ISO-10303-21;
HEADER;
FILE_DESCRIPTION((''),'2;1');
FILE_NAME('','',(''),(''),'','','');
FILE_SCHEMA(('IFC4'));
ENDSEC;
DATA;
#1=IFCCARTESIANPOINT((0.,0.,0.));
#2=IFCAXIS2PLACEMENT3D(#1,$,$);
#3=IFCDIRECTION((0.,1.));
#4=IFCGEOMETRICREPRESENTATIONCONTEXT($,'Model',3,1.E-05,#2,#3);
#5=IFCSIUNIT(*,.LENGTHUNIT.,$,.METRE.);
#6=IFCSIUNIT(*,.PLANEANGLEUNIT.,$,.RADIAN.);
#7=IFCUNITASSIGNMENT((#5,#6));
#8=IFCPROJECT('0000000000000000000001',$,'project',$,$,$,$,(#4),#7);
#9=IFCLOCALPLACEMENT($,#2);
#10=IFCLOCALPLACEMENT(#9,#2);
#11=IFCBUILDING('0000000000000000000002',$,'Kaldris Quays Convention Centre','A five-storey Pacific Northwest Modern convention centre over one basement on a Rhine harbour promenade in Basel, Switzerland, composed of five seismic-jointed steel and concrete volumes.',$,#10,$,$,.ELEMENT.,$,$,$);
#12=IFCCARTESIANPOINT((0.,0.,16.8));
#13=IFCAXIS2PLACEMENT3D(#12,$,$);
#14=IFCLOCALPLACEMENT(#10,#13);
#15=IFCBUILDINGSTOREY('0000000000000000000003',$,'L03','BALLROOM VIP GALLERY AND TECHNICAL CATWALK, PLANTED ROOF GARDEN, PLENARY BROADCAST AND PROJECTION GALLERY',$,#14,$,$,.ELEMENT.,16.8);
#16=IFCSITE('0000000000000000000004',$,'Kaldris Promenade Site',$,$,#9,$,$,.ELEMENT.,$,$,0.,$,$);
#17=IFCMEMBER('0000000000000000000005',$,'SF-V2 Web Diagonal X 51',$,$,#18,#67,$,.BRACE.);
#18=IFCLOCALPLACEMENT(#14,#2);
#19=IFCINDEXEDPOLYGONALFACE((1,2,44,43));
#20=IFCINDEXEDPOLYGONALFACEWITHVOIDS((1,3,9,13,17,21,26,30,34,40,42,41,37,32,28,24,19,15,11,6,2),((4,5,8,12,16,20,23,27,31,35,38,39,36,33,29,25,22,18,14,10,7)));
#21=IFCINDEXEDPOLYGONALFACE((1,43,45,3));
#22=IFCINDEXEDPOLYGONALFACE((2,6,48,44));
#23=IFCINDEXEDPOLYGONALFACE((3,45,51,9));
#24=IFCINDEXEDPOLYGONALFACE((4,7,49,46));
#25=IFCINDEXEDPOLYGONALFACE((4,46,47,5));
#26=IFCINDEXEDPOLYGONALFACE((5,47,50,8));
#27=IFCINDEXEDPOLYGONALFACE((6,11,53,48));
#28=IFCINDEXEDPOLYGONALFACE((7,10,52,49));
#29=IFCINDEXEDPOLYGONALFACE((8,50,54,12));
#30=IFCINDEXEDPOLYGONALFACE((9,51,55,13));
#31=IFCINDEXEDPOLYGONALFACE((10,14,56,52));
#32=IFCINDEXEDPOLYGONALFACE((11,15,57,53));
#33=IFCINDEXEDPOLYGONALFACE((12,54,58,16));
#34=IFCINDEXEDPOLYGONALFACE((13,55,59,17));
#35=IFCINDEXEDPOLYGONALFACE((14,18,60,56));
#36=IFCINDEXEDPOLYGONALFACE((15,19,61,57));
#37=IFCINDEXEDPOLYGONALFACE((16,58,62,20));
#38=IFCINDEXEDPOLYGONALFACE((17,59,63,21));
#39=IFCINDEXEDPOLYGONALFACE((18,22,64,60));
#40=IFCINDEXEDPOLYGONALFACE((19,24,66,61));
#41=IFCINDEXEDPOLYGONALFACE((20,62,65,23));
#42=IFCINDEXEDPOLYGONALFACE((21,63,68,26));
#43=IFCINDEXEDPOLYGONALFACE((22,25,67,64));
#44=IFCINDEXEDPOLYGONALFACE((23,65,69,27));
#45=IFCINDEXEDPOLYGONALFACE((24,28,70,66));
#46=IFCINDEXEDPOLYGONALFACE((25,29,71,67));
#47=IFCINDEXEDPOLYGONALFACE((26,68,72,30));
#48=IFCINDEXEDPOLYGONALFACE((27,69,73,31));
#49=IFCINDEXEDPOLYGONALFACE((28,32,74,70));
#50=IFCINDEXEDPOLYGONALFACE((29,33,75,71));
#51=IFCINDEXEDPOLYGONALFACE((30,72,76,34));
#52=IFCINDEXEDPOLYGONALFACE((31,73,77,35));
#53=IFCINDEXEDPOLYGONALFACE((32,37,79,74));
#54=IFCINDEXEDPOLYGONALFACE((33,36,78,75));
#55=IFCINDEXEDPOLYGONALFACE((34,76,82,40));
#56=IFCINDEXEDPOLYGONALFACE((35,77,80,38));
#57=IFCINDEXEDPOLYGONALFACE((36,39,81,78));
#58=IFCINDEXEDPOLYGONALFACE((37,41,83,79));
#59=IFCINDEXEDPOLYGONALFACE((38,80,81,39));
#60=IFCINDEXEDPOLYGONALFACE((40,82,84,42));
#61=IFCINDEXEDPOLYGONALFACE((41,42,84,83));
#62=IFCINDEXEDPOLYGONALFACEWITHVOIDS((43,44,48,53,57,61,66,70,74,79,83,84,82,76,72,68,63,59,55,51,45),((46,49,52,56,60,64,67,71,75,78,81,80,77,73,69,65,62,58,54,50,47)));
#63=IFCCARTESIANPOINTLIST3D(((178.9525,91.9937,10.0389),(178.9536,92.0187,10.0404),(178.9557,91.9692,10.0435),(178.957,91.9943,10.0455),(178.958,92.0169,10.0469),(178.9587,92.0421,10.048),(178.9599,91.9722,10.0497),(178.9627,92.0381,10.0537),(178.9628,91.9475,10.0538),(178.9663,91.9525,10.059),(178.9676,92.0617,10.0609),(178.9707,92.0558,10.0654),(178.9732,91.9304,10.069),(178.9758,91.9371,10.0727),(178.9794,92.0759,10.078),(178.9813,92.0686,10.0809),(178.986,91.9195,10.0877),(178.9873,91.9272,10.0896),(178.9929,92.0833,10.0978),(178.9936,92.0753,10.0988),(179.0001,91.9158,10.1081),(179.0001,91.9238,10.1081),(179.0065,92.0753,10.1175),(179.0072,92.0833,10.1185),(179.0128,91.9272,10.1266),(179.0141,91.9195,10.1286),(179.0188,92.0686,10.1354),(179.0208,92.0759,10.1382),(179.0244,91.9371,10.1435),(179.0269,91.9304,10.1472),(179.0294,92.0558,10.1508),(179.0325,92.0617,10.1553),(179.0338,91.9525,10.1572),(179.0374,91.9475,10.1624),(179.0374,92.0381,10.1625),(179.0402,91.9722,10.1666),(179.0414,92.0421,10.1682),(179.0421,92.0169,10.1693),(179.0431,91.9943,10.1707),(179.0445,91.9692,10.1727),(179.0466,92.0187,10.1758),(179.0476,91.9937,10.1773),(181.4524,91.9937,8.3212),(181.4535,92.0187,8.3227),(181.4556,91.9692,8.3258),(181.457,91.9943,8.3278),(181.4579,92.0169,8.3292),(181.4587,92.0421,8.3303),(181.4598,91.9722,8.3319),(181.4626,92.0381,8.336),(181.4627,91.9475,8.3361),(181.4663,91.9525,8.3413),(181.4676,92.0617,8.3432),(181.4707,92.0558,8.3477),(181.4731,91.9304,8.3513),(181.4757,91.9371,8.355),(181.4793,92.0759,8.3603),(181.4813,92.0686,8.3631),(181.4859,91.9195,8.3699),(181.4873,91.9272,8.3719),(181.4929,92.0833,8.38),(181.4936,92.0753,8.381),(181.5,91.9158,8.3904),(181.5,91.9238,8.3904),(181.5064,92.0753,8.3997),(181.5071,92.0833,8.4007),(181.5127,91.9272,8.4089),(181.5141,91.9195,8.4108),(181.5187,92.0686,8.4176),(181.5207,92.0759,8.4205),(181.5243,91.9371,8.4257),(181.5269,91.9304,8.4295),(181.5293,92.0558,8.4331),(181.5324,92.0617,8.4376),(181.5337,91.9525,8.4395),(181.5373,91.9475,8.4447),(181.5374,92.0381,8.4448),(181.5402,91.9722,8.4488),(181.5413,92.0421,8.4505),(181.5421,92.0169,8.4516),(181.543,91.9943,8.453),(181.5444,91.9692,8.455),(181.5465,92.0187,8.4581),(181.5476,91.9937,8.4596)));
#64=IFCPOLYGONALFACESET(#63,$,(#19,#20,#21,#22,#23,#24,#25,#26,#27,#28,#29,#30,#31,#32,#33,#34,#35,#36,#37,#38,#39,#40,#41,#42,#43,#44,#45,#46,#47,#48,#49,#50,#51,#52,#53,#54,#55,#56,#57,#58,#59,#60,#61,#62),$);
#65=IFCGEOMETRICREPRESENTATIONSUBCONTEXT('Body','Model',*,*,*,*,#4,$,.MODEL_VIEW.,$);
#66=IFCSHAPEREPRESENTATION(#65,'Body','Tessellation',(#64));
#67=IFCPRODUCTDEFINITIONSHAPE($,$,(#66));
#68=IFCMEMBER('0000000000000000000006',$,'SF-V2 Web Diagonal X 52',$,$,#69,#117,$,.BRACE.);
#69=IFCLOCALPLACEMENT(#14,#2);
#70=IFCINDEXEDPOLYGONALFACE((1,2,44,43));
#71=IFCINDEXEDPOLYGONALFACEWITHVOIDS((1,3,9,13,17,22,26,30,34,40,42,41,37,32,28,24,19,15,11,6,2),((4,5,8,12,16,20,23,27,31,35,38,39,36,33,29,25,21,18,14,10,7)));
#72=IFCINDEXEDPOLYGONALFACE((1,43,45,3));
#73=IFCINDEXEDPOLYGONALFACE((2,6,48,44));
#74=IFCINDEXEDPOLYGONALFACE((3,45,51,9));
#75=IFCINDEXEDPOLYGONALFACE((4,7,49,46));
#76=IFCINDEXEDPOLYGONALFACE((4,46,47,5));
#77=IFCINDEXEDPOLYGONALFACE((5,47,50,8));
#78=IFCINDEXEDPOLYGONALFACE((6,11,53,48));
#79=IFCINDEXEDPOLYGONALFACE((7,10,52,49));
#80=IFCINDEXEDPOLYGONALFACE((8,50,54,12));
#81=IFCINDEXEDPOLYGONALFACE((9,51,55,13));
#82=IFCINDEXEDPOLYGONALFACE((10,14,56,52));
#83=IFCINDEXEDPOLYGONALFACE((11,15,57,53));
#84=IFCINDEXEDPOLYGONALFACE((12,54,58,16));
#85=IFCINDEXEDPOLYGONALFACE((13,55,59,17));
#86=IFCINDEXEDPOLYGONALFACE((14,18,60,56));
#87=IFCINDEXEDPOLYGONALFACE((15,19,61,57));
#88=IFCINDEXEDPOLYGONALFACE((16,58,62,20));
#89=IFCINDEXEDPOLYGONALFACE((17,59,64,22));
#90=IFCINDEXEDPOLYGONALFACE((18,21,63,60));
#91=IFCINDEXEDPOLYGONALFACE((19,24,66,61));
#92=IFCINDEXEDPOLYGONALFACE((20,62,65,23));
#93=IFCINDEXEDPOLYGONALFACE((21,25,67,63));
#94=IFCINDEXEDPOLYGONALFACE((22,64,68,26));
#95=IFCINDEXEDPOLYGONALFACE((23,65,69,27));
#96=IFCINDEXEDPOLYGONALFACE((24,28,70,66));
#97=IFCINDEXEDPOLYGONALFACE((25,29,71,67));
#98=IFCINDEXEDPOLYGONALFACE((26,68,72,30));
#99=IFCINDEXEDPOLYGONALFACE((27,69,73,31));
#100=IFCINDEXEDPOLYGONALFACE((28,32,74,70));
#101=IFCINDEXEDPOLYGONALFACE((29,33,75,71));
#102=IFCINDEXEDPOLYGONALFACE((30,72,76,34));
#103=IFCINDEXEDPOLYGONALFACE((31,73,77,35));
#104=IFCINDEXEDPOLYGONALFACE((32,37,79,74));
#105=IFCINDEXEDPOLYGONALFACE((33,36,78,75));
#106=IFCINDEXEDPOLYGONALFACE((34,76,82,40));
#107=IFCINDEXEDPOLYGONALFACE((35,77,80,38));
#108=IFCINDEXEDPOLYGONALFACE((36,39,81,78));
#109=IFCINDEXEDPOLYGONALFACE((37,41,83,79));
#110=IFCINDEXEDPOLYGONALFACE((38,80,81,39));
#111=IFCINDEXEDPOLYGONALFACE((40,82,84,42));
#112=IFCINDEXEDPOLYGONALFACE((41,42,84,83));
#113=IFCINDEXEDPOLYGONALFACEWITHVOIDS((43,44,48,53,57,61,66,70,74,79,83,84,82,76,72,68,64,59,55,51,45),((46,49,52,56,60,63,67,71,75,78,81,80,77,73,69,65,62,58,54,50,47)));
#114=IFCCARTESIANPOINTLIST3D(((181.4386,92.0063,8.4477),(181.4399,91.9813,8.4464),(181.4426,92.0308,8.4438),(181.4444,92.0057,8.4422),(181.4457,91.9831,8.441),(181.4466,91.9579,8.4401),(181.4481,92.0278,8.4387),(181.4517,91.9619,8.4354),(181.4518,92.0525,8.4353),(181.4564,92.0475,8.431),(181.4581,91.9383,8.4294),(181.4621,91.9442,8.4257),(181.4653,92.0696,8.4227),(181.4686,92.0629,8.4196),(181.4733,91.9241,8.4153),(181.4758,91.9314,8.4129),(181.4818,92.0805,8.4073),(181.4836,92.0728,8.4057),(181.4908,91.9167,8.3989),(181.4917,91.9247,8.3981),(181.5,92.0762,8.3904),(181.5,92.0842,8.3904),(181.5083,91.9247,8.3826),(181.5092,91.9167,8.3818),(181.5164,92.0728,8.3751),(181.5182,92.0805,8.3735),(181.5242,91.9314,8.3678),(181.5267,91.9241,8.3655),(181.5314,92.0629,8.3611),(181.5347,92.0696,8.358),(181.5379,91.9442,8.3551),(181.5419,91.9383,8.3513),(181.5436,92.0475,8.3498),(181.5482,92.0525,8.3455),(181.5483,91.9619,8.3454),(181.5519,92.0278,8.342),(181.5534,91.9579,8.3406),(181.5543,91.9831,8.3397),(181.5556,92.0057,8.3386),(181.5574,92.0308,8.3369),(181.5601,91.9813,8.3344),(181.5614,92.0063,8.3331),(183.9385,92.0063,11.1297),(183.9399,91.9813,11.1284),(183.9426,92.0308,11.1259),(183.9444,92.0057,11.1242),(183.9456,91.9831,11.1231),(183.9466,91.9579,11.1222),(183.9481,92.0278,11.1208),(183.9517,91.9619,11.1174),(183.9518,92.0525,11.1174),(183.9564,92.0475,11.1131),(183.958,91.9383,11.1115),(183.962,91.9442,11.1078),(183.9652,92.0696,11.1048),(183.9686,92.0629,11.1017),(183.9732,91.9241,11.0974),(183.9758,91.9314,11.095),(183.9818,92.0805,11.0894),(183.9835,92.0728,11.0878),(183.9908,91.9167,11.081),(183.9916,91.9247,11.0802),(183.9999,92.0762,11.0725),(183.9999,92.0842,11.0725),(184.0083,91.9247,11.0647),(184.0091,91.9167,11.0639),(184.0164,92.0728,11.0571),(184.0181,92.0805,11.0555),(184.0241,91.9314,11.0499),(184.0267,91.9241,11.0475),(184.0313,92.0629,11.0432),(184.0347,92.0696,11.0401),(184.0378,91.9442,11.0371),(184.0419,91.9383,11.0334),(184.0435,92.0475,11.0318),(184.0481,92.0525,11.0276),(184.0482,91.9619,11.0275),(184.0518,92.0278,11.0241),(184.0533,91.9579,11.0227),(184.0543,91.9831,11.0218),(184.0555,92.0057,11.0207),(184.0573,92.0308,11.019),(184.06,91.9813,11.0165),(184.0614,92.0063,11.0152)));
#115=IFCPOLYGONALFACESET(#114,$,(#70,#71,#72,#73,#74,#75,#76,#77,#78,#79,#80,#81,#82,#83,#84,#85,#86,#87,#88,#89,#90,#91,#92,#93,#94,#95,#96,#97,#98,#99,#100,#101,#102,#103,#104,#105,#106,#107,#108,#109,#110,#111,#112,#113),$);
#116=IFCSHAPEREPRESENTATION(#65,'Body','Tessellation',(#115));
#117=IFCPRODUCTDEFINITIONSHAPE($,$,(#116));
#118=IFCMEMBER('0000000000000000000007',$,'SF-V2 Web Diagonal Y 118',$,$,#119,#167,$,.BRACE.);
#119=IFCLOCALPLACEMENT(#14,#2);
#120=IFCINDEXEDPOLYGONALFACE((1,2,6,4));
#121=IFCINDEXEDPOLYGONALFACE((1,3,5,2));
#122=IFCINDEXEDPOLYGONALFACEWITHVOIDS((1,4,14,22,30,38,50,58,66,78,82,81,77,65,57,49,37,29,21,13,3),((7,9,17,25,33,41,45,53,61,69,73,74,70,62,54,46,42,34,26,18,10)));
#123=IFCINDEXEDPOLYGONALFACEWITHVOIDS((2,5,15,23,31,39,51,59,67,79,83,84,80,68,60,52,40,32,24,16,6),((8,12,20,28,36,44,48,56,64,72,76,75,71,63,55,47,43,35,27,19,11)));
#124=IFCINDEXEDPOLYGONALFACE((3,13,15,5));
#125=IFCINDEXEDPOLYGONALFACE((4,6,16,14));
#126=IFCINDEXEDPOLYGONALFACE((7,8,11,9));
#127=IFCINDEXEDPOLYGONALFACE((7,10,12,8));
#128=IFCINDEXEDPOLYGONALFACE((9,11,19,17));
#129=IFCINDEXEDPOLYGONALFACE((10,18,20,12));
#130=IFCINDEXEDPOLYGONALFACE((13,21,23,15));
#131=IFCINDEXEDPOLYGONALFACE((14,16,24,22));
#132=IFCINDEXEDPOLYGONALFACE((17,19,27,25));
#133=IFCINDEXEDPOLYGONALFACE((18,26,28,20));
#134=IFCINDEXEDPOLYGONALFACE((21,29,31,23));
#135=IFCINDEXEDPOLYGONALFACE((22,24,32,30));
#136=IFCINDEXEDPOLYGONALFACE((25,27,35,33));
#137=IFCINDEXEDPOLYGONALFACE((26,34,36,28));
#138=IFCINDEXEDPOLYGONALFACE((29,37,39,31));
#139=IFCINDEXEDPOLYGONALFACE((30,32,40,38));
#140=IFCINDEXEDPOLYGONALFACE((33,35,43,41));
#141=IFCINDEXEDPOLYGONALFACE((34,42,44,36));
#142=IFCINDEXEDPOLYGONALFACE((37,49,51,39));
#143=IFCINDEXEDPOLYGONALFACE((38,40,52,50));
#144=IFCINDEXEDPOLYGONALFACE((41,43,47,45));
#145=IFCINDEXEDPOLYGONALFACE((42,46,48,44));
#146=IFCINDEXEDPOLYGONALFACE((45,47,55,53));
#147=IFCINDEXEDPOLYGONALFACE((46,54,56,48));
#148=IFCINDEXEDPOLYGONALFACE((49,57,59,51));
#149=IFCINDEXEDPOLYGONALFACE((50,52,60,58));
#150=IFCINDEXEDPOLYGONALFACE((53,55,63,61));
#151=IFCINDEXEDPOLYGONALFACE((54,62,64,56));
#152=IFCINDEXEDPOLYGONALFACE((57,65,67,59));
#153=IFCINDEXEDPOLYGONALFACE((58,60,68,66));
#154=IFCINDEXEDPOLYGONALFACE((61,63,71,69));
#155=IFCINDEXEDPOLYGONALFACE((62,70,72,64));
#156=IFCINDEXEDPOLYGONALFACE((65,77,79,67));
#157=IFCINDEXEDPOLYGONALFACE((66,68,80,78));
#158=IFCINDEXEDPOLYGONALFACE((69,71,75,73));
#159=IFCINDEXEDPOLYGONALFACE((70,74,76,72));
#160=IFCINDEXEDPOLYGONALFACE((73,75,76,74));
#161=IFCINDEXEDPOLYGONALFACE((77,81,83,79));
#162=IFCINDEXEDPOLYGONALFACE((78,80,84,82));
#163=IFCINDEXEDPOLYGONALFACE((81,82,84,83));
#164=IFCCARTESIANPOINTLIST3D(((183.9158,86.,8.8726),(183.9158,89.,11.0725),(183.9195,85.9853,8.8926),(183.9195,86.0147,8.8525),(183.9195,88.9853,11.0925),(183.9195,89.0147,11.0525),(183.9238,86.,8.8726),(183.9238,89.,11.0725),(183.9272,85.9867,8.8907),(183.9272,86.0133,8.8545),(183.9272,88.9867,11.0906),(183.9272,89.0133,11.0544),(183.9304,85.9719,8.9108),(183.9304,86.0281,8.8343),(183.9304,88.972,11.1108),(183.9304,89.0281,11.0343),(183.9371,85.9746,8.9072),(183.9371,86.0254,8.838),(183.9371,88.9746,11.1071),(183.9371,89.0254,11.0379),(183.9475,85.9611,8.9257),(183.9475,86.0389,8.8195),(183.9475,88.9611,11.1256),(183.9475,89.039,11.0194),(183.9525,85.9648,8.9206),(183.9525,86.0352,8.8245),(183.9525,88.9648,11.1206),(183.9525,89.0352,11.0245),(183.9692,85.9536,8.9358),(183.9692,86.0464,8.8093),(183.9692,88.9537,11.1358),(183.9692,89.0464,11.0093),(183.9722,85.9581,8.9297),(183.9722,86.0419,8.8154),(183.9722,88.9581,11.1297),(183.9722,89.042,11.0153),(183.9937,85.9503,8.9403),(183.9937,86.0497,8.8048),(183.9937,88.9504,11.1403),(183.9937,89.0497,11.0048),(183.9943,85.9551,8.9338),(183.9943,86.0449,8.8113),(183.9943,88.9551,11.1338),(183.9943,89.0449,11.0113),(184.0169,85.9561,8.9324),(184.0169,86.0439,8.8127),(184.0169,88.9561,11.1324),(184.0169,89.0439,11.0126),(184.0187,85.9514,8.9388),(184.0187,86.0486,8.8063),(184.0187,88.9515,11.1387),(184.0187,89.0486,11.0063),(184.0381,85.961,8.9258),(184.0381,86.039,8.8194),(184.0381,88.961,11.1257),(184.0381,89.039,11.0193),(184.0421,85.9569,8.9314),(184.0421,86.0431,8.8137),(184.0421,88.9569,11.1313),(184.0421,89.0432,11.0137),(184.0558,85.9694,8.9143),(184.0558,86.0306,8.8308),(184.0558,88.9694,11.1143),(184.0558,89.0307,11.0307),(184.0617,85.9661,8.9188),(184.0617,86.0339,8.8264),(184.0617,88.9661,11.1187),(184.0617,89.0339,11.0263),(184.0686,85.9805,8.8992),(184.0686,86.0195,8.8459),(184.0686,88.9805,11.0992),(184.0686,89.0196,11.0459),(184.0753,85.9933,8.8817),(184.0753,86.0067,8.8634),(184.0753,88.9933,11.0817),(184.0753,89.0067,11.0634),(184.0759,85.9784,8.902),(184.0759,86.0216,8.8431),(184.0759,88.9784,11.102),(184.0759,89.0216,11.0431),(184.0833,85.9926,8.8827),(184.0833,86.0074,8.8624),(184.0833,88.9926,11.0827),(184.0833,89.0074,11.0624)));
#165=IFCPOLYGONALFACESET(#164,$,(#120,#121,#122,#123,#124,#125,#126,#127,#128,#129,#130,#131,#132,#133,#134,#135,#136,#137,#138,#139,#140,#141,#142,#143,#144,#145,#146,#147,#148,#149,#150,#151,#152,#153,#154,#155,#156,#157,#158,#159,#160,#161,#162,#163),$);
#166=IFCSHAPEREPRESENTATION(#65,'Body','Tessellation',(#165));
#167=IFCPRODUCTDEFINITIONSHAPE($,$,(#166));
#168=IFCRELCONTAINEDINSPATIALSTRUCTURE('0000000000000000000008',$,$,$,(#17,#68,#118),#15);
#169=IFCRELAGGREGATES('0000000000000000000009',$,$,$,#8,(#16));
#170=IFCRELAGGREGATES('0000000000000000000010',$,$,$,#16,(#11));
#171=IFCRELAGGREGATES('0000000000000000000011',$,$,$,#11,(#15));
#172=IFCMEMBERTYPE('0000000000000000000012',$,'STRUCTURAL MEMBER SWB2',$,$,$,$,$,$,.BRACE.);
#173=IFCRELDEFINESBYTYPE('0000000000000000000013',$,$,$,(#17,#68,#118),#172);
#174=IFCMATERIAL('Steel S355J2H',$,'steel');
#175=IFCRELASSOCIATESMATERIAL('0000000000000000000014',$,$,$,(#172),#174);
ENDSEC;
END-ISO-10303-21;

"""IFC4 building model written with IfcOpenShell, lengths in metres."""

from ifc_helpers import new_model, si_unit, direction, frame, origin, origin_2d, place, context, subcontext, project, spatial, hollow_circle, extrude, material, material_profile, profile_set, type_object, element, save


model = new_model("IFC4")

# Units and contexts
model_context = context("Model", 3, precision=1e-05, world=origin(), true_north=direction((0.0, 1.0)))
body_context = subcontext(model_context, "Body", "Model", "MODEL_VIEW")
ifc_project = project(units=[si_unit("LENGTHUNIT", "METRE"), si_unit("PLANEANGLEUNIT", "RADIAN")], contexts=[model_context])

# Site, building, storey
site_placement = place(None, origin())
site = spatial("IfcSite", under=ifc_project, at=site_placement, Name="Kaldris Promenade Site", CompositionType="ELEMENT", RefElevation=0.0)
building_placement = place(site_placement, origin())
building = spatial("IfcBuilding", under=site, at=building_placement, Name="Kaldris Quays Convention Centre", Description="A five-storey Pacific Northwest Modern convention centre over one basement on a Rhine harbour promenade in Basel, Switzerland, composed of five seismic-jointed steel and concrete volumes.", CompositionType="ELEMENT")
storey_placement = place(building_placement, frame((0.0, 0.0, 16.8)))
storey = spatial("IfcBuildingStorey", under=building, at=storey_placement, Name="L03", Description="BALLROOM VIP GALLERY AND TECHNICAL CATWALK, PLANTED ROOF GARDEN, PLENARY BROADCAST AND PROJECTION GALLERY", CompositionType="ELEMENT", Elevation=16.8)

# Members
ifc_material_1 = material(Name="Steel S355J2H", Category="steel")
ifc_material_profile_1 = material_profile(ifc_material_1, hollow_circle(Radius=0.0842, WallThickness=0.0081, at=origin_2d()), Name="CHS 168.3x8")
ifc_profile_set_1 = profile_set([ifc_material_profile_1], Name="Steel S355J2H")
member_type_1 = type_object("IfcMemberType", Name="STRUCTURAL MEMBER SWB2", PredefinedType="BRACE", material=ifc_profile_set_1)
member_1_placement = place(storey_placement, frame((181.5, 92.0, 8.3904), z_axis=(-0.824192, 0.0, 0.56631), x_axis=(0.0, -1.0, 0.0)))
element("IfcMember", 1, at=member_1_placement, inside=storey, type_object=member_type_1, Name="SF-V2 Web Diagonal X 51", PredefinedType="BRACE", context=body_context, shape_type="SweptSolid", body=[
    extrude(hollow_circle(Radius=0.0842, WallThickness=0.0081, at=origin_2d()), origin(), (0.0, 0.0, 1.0), 3.0332),
])
member_2_placement = place(storey_placement, frame((181.5, 92.0, 8.3904), z_axis=(0.681834, 0.0, 0.731507), x_axis=(0.0, 1.0, 0.0)))
element("IfcMember", 2, at=member_2_placement, inside=storey, type_object=member_type_1, Name="SF-V2 Web Diagonal X 52", PredefinedType="BRACE", context=body_context, shape_type="SweptSolid", body=[
    extrude(hollow_circle(Radius=0.0842, WallThickness=0.0081, at=origin_2d()), origin(), (0.0, 0.0, 1.0), 3.6665),
])
for number, where, z_axis, x_axis, name in (
    (3, (184.0, 86.0, 8.8726), (0.0, 0.806411, 0.591355), (-1.0, 0.0, 0.0), "SF-V2 Web Diagonal Y 118"),
):
    element("IfcMember", number, at=place(storey_placement, frame(where, z_axis=z_axis, x_axis=x_axis)), inside=storey, type_object=member_type_1, Name=name, PredefinedType="BRACE", context=body_context, shape_type="SweptSolid", body=[
        extrude(hollow_circle(Radius=0.0842, WallThickness=0.0081, at=origin_2d()), origin(), (0.0, 0.0, 1.0), 3.7202),
    ])

save(model, "model.ifc")
